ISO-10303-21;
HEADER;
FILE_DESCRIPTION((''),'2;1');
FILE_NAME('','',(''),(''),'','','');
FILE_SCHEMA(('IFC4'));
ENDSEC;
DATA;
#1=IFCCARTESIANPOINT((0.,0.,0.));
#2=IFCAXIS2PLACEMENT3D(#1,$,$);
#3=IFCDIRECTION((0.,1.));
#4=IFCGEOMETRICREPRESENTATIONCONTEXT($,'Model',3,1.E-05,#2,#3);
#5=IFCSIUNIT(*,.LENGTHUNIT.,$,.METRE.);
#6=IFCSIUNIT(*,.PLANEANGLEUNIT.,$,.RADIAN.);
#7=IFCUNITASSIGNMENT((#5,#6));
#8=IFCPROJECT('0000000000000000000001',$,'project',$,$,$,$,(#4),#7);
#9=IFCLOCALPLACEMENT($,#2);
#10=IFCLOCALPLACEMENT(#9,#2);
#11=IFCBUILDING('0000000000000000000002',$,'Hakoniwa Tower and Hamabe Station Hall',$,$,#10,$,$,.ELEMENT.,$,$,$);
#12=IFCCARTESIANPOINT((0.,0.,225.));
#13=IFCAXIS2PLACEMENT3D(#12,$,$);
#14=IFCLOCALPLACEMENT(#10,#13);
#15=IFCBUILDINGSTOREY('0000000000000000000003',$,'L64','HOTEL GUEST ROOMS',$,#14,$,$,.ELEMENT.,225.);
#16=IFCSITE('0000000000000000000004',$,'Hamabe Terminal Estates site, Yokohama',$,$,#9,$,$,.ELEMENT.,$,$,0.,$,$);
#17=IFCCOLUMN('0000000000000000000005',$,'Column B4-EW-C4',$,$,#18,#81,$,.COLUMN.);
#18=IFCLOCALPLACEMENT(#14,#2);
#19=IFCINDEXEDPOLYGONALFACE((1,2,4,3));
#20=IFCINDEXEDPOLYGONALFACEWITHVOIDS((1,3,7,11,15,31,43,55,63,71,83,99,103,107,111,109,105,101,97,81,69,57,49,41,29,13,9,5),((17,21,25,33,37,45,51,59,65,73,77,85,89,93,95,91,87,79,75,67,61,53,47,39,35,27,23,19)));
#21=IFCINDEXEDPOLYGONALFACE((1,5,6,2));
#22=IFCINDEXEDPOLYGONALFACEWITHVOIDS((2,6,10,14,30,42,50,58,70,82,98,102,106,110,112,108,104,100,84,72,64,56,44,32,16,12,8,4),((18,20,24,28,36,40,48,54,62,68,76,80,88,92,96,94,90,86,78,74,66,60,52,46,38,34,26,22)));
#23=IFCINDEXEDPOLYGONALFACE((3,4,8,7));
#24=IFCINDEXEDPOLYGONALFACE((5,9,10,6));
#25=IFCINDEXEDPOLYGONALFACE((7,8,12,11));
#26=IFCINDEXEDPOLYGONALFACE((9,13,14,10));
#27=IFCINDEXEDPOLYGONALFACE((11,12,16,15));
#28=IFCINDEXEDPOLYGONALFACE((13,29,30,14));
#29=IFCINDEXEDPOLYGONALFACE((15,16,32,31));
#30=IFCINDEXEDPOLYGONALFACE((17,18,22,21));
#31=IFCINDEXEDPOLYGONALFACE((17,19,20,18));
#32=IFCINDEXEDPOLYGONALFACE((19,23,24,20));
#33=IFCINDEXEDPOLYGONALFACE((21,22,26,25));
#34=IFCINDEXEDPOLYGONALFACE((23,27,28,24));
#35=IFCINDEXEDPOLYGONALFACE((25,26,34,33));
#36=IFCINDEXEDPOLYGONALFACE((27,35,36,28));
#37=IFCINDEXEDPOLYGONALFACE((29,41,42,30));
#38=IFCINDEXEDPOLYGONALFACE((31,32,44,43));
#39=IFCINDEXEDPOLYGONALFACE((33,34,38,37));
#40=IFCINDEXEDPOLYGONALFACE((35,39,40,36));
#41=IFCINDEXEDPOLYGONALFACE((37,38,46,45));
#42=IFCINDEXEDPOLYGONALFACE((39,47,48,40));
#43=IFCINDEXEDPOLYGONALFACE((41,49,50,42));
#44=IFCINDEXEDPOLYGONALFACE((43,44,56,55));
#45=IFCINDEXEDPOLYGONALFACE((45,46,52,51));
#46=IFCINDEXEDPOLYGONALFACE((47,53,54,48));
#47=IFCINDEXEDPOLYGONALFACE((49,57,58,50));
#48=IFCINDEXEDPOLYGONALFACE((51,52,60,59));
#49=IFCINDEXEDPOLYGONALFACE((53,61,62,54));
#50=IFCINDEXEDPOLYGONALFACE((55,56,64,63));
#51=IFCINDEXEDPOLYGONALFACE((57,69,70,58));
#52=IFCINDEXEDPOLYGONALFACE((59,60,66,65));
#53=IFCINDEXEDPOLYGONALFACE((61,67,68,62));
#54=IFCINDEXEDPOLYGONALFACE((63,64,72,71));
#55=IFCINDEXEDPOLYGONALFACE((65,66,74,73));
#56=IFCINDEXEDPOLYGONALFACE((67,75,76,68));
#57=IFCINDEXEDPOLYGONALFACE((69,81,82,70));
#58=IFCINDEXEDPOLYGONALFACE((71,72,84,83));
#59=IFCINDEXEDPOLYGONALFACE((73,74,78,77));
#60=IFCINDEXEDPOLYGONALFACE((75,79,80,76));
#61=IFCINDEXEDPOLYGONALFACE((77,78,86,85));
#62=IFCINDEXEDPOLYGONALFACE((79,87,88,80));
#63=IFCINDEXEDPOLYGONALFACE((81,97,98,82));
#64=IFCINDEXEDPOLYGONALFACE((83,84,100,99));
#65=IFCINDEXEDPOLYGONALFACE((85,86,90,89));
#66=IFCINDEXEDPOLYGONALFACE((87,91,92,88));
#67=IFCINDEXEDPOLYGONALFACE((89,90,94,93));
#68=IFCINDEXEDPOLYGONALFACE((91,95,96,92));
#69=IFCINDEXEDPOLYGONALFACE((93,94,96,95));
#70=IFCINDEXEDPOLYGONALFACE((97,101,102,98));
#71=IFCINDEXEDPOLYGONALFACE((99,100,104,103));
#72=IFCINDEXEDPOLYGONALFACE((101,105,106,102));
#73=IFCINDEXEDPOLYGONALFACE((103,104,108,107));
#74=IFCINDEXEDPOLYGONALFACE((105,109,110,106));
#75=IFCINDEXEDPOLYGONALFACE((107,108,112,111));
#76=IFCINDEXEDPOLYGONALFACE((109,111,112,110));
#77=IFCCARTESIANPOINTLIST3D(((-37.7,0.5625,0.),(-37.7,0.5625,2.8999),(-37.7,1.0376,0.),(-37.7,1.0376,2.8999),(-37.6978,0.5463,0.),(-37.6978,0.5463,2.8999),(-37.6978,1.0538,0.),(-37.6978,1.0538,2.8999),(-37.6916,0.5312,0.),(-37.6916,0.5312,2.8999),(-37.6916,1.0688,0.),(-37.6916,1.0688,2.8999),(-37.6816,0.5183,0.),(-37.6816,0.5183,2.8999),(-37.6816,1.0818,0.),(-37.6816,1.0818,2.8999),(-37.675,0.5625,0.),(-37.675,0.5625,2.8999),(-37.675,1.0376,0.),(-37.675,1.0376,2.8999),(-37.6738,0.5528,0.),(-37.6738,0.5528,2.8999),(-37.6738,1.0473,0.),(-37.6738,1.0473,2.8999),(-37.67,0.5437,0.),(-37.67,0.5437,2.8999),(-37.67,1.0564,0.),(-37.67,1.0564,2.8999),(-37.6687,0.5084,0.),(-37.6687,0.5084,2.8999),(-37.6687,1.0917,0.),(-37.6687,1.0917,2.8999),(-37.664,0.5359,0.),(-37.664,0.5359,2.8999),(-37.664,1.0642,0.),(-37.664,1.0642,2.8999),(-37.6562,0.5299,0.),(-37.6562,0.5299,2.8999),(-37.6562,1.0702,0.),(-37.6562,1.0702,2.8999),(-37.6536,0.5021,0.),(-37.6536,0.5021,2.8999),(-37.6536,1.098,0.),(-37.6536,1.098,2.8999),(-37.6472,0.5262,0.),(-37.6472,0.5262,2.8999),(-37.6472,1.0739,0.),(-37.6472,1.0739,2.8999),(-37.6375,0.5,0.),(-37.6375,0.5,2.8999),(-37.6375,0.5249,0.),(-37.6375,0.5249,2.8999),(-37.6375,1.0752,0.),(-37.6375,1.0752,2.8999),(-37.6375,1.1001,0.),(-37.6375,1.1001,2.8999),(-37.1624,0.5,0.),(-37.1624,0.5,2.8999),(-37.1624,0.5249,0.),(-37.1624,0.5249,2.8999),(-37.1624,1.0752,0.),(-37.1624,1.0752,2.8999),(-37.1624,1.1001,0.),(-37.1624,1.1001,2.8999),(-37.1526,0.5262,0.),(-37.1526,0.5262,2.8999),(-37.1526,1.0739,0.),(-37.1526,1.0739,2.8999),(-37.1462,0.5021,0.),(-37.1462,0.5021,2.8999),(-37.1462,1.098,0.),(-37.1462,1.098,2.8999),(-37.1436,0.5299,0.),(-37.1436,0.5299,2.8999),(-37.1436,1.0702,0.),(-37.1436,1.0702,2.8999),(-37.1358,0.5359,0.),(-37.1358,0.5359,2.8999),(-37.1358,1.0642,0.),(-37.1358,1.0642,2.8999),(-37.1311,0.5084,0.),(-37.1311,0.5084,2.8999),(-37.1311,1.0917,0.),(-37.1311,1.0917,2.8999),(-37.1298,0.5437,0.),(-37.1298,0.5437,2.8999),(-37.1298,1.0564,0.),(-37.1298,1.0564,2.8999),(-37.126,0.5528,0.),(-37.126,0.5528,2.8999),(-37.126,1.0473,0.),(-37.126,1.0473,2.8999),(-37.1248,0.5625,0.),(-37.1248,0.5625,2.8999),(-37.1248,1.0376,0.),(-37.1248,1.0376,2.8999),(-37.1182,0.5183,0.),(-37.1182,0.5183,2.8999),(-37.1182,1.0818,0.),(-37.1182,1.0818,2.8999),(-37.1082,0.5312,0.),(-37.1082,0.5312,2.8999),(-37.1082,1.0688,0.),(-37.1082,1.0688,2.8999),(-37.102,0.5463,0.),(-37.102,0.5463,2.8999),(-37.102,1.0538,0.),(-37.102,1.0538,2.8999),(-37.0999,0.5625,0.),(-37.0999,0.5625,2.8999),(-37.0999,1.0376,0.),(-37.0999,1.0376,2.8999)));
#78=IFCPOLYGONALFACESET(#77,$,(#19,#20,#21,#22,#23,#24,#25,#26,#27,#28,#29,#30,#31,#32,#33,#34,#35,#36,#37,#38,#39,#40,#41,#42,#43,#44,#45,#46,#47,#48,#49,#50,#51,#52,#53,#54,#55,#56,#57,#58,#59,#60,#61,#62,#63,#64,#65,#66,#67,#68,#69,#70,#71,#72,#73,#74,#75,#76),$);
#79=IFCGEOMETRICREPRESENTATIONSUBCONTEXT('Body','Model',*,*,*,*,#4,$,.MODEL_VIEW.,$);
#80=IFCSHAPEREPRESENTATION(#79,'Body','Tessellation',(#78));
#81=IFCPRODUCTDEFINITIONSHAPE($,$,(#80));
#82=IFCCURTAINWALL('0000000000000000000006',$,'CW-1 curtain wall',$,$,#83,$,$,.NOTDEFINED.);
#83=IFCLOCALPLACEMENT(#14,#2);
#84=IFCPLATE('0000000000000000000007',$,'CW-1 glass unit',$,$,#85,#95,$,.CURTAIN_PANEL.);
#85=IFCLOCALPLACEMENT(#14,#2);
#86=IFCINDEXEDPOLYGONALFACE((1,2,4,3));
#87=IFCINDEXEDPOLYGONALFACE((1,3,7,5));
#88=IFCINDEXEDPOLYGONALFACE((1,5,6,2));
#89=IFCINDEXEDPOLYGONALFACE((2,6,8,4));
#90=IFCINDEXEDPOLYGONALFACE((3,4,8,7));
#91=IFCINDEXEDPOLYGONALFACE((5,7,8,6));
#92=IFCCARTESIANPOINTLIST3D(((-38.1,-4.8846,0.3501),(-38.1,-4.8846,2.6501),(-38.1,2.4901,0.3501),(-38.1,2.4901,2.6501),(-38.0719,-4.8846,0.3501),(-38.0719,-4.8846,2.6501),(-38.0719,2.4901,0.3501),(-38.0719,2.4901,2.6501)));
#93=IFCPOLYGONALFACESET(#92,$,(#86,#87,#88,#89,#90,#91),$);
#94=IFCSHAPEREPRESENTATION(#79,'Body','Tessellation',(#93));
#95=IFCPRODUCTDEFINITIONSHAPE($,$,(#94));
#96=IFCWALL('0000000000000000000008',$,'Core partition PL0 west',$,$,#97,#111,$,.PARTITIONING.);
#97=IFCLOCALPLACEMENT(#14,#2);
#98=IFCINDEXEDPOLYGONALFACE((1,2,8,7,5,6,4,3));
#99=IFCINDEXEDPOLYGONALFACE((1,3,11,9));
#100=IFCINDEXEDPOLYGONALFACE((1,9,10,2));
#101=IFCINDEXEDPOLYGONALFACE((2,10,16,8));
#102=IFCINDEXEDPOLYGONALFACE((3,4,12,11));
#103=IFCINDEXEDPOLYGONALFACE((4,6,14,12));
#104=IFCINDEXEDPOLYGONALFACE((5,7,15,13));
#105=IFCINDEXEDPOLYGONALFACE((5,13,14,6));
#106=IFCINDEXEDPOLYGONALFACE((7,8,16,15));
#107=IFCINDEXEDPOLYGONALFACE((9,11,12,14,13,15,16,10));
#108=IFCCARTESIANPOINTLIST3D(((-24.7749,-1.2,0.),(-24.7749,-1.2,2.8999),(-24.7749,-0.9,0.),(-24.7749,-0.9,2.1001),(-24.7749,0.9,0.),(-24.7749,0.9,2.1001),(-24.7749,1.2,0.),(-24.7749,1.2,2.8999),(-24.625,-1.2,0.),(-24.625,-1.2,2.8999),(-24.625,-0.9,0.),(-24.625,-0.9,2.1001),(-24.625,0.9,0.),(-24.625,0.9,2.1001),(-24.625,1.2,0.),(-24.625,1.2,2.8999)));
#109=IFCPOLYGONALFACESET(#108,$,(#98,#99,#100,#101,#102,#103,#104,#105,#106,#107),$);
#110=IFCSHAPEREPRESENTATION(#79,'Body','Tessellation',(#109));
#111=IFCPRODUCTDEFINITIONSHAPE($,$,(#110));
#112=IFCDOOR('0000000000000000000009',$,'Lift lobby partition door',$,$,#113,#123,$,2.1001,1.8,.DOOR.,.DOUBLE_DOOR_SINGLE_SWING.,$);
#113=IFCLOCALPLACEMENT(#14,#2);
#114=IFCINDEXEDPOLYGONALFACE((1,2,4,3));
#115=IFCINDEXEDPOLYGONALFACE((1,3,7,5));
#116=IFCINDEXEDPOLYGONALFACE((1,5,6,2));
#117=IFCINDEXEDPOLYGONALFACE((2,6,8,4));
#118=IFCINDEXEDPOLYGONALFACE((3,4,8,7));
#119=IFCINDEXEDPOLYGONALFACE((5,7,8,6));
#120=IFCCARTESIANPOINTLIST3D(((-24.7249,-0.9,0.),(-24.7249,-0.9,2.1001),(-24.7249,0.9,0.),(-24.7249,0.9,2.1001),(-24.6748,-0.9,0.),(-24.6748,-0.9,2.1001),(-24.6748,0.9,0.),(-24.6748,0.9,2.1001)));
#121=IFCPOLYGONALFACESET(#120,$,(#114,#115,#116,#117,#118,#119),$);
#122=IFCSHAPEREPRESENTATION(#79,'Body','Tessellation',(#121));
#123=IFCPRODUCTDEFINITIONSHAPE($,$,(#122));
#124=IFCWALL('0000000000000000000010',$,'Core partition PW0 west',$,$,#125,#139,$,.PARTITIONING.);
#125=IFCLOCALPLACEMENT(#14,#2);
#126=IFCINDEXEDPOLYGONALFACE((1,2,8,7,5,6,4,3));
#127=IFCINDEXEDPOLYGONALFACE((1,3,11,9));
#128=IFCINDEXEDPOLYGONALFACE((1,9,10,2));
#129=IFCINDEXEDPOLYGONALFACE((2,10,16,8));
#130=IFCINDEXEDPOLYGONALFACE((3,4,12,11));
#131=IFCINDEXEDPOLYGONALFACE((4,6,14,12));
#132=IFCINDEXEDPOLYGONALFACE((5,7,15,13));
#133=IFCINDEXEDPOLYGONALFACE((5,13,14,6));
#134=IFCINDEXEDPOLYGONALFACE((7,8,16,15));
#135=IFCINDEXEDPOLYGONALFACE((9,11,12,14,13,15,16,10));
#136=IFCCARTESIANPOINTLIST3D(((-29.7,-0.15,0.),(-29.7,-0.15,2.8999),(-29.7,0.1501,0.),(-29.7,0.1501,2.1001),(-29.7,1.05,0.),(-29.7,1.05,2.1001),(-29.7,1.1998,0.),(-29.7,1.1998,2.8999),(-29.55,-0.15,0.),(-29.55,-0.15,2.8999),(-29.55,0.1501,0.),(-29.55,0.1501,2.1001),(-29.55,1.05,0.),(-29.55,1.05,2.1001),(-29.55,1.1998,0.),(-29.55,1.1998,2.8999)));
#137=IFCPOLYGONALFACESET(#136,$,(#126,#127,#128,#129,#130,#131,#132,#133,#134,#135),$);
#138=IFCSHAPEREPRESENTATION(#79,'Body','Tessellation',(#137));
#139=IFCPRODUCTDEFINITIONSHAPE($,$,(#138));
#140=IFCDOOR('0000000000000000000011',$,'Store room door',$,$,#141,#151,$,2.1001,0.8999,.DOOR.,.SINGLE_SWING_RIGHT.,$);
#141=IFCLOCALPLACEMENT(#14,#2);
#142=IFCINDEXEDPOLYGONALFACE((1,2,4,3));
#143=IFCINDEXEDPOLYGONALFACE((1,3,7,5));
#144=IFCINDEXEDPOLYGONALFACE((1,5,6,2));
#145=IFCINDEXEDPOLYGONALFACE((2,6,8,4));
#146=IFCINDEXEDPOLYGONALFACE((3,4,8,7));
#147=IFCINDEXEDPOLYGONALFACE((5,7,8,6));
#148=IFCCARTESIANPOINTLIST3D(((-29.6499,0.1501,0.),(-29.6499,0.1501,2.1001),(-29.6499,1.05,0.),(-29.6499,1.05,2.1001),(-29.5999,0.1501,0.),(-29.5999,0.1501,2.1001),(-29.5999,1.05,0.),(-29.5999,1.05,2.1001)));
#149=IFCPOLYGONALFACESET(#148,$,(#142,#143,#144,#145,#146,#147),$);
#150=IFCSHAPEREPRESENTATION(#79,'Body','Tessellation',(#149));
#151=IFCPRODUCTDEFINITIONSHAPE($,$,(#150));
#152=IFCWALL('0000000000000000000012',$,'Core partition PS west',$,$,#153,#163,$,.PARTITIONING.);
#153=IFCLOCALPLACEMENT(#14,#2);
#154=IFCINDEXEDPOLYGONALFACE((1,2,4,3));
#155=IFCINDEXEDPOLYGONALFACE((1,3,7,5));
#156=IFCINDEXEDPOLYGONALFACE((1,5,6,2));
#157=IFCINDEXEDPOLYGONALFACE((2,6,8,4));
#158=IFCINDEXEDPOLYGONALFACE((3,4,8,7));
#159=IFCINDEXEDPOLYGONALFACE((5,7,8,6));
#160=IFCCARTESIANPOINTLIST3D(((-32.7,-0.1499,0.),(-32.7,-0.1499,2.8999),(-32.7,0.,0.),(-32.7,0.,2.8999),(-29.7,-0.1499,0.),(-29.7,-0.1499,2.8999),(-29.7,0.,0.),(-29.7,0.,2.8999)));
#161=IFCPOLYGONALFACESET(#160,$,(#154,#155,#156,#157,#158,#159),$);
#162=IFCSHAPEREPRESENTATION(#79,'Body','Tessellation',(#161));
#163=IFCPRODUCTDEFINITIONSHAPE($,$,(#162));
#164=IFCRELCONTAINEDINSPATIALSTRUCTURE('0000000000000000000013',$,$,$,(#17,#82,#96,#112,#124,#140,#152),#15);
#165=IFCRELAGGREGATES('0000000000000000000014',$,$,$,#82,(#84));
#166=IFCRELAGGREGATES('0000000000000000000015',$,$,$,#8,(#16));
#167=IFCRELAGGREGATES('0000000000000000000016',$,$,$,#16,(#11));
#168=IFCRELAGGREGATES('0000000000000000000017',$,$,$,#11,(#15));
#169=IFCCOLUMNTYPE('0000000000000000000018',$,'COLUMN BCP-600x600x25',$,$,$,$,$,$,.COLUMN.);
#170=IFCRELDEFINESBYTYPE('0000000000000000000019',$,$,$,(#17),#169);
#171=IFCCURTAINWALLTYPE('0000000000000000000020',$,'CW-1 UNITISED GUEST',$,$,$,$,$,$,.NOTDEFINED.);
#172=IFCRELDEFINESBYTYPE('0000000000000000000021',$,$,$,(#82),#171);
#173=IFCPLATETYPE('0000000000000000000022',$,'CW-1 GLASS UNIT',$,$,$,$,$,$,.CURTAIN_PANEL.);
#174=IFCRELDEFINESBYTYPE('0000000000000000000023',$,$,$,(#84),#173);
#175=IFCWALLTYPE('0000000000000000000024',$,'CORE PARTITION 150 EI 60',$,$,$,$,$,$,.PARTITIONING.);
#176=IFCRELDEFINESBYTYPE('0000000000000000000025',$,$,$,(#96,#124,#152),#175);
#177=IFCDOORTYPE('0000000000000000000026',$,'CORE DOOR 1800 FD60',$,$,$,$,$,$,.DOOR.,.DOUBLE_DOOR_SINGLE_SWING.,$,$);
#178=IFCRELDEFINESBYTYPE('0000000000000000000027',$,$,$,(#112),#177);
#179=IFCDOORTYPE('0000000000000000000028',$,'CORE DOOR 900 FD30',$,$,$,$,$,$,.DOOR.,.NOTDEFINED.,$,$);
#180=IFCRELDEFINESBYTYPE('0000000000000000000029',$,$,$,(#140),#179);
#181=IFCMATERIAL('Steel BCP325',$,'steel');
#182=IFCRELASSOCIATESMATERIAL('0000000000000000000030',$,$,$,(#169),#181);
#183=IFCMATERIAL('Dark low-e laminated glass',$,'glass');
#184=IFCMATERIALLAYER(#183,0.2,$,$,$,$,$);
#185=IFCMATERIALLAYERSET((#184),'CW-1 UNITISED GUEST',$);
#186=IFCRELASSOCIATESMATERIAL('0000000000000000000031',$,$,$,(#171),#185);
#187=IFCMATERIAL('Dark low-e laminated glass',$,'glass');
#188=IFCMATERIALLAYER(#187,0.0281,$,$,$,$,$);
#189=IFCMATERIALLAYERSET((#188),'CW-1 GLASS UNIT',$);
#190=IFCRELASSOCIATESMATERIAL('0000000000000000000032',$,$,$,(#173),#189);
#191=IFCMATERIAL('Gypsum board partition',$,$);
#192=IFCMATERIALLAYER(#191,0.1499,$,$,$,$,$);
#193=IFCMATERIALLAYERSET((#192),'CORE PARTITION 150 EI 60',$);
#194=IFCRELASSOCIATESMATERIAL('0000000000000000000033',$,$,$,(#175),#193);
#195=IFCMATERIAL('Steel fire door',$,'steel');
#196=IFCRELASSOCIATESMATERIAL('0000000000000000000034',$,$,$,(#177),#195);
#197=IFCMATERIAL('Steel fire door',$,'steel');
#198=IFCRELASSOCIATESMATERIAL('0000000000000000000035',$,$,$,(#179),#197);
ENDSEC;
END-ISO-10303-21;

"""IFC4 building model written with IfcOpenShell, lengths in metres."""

from ifc_helpers import new_model, si_unit, direction, frame, frame_2d, origin, origin_2d, place, context, subcontext, project, spatial, rectangle, hollow_rectangle, extrude, material, layer, layer_set, material_profile, profile_set, type_object, element, fill, aggregate, save


model = new_model("IFC4")

# Units and contexts
model_context = context("Model", 3, precision=1e-05, world=origin(), true_north=direction((0.0, 1.0)))
body_context = subcontext(model_context, "Body", "Model", "MODEL_VIEW")
ifc_project = project(units=[si_unit("LENGTHUNIT", "METRE"), si_unit("PLANEANGLEUNIT", "RADIAN")], contexts=[model_context])

# Site, building, storey
site_placement = place(None, origin())
site = spatial("IfcSite", under=ifc_project, at=site_placement, Name="Hamabe Terminal Estates site, Yokohama", CompositionType="ELEMENT", RefElevation=0.0)
building_placement = place(site_placement, origin())
building = spatial("IfcBuilding", under=site, at=building_placement, Name="Hakoniwa Tower and Hamabe Station Hall", CompositionType="ELEMENT")
storey_placement = place(building_placement, frame((0.0, 0.0, 225.0)))
storey = spatial("IfcBuildingStorey", under=building, at=storey_placement, Name="L64", Description="HOTEL GUEST ROOMS", CompositionType="ELEMENT", Elevation=225.0)

# Column
ifc_material_1 = material(Name="Steel BCP325", Category="steel")
ifc_material_profile = material_profile(ifc_material_1, hollow_rectangle(XDim=0.6001, YDim=0.6001, WallThickness=0.0249, InnerFilletRadius=0.0376, OuterFilletRadius=0.0625, at=origin_2d()), Name="BCP-600x600x25")
ifc_profile_set = profile_set([ifc_material_profile], Name="Steel BCP325")
column_type = type_object("IfcColumnType", Name="COLUMN BCP-600x600x25", PredefinedType="COLUMN", material=ifc_profile_set)
column_placement = place(storey_placement, frame((-37.3999, 0.8, 0.0), z_axis=(0.0, 0.0, 1.0), x_axis=(1.0, 0.0, 0.0)))
element("IfcColumn", 1, at=column_placement, inside=storey, type_object=column_type, Name="Column B4-EW-C4", PredefinedType="COLUMN", context=body_context, shape_type="SweptSolid", body=[
    extrude(hollow_rectangle(XDim=0.6001, YDim=0.6001, WallThickness=0.0249, InnerFilletRadius=0.0376, OuterFilletRadius=0.0625, at=origin_2d()), origin(), (0.0, 0.0, 1.0), 2.8999),
])

# Curtain wall, plate
ifc_material_2 = material(Name="Dark low-e laminated glass", Category="glass")
ifc_layer_1 = layer(ifc_material_2, 0.2)
ifc_layer_set_1 = layer_set([ifc_layer_1], Name="CW-1 UNITISED GUEST")
curtain_wall_type = type_object("IfcCurtainWallType", Name="CW-1 UNITISED GUEST", PredefinedType="NOTDEFINED", material=ifc_layer_set_1)
curtain_wall_placement = place(storey_placement, origin())
curtain_wall = element("IfcCurtainWall", 2, at=curtain_wall_placement, inside=storey, type_object=curtain_wall_type, Name="CW-1 curtain wall", PredefinedType="NOTDEFINED")
ifc_material_3 = material(Name="Dark low-e laminated glass", Category="glass")
ifc_layer_2 = layer(ifc_material_3, 0.0281)
ifc_layer_set_2 = layer_set([ifc_layer_2], Name="CW-1 GLASS UNIT")
plate_type = type_object("IfcPlateType", Name="CW-1 GLASS UNIT", PredefinedType="CURTAIN_PANEL", material=ifc_layer_set_2)
plate_placement = place(storey_placement, frame((-38.0859, -1.1973, 0.3501), z_axis=(0.0, 0.0, 1.0), x_axis=(0.0, -1.0, 0.0)))
plate = element("IfcPlate", 3, at=plate_placement, type_object=plate_type, Name="CW-1 glass unit", PredefinedType="CURTAIN_PANEL", context=body_context, shape_type="SweptSolid", body=[
    extrude(rectangle(XDim=7.3748, YDim=0.0281, at=origin_2d()), origin(), (0.0, 0.0, 1.0), 2.3),
])
aggregate(curtain_wall, [plate])

# Walls, openings, doors
ifc_material_4 = material(Name="Gypsum board partition")
ifc_layer_3 = layer(ifc_material_4, 0.1499)
ifc_layer_set_3 = layer_set([ifc_layer_3], Name="CORE PARTITION 150 EI 60")
wall_type_1 = type_object("IfcWallType", Name="CORE PARTITION 150 EI 60", PredefinedType="PARTITIONING", material=ifc_layer_set_3)
wall_1_placement = place(storey_placement, frame((-24.7, -1.2, 0.0), z_axis=(0.0, 0.0, 1.0), x_axis=(0.0, 1.0, 0.0)))
wall_1 = element("IfcWall", 4, at=wall_1_placement, inside=storey, type_object=wall_type_1, Name="Core partition PL0 west", PredefinedType="PARTITIONING", context=body_context, shape_type="SweptSolid", body=[
    extrude(rectangle(XDim=2.3999, YDim=0.1499, at=frame_2d((1.2, 0.0))), origin(), (0.0, 0.0, 1.0), 2.8999),
])
opening_1_placement = place(wall_1_placement, frame((0.3, 0.0, 0.0)))
opening_1 = element("IfcOpeningElement", 5, at=opening_1_placement, cuts=wall_1, PredefinedType="OPENING", context=body_context, shape_type="SweptSolid", body=[
    extrude(rectangle(XDim=1.8, YDim=2.1001, at=frame_2d((0.8999, 1.05))), frame((0.0, 0.085, 0.0), z_axis=(0.0, -1.0, 0.0), x_axis=(1.0, 0.0, 0.0)), (0.0, 0.0, 1.0), 0.1699),
])
ifc_material_5 = material(Name="Steel fire door", Category="steel")
door_type_1 = type_object("IfcDoorType", Name="CORE DOOR 1800 FD60", OperationType="DOUBLE_DOOR_SINGLE_SWING", PredefinedType="DOOR", material=ifc_material_5)
door_1_placement = place(opening_1_placement, origin())
door_1 = element("IfcDoor", 6, at=door_1_placement, inside=storey, type_object=door_type_1, Name="Lift lobby partition door", OperationType="DOUBLE_DOOR_SINGLE_SWING", OverallHeight=2.1001, OverallWidth=1.8, PredefinedType="DOOR", context=body_context, shape_type="SweptSolid", body=[
    extrude(rectangle(XDim=1.8, YDim=2.1001, at=frame_2d((0.8999, 1.05))), frame((0.0, 0.0249, 0.0), z_axis=(0.0, -1.0, 0.0), x_axis=(1.0, 0.0, 0.0)), (0.0, 0.0, 1.0), 0.05),
])
fill(opening_1, door_1)
wall_2_placement = place(storey_placement, frame((-29.625, -0.1499, 0.0), z_axis=(0.0, 0.0, 1.0), x_axis=(0.0, 1.0, 0.0)))
wall_2 = element("IfcWall", 7, at=wall_2_placement, inside=storey, type_object=wall_type_1, Name="Core partition PW0 west", PredefinedType="PARTITIONING", context=body_context, shape_type="SweptSolid", body=[
    extrude(rectangle(XDim=1.3499, YDim=0.1499, at=frame_2d((0.6748, 0.0))), origin(), (0.0, 0.0, 1.0), 2.8999),
])
opening_2_placement = place(wall_2_placement, frame((0.3, 0.0, 0.0)))
opening_2 = element("IfcOpeningElement", 8, at=opening_2_placement, cuts=wall_2, PredefinedType="OPENING", context=body_context, shape_type="SweptSolid", body=[
    extrude(rectangle(XDim=0.8999, YDim=2.1001, at=frame_2d((0.45, 1.05))), frame((0.0, 0.085, 0.0), z_axis=(0.0, -1.0, 0.0), x_axis=(1.0, 0.0, 0.0)), (0.0, 0.0, 1.0), 0.1699),
])
ifc_material_6 = material(Name="Steel fire door", Category="steel")
door_type_2 = type_object("IfcDoorType", Name="CORE DOOR 900 FD30", OperationType="NOTDEFINED", PredefinedType="DOOR", material=ifc_material_6)
door_2_placement = place(opening_2_placement, origin())
door_2 = element("IfcDoor", 9, at=door_2_placement, inside=storey, type_object=door_type_2, Name="Store room door", OperationType="SINGLE_SWING_RIGHT", OverallHeight=2.1001, OverallWidth=0.8999, PredefinedType="DOOR", context=body_context, shape_type="SweptSolid", body=[
    extrude(rectangle(XDim=0.8999, YDim=2.1001, at=frame_2d((0.45, 1.05))), frame((0.0, 0.0249, 0.0), z_axis=(0.0, -1.0, 0.0), x_axis=(1.0, 0.0, 0.0)), (0.0, 0.0, 1.0), 0.05),
])
fill(opening_2, door_2)

# Wall
wall_3_placement = place(storey_placement, frame((-32.7, -0.075, 0.0), z_axis=(0.0, 0.0, 1.0), x_axis=(1.0, 0.0, 0.0)))
element("IfcWall", 10, at=wall_3_placement, inside=storey, type_object=wall_type_1, Name="Core partition PS west", PredefinedType="PARTITIONING", context=body_context, shape_type="SweptSolid", body=[
    extrude(rectangle(XDim=3.0, YDim=0.1499, at=frame_2d((1.5, 0.0))), origin(), (0.0, 0.0, 1.0), 2.8999),
])

save(model, "model.ifc")
